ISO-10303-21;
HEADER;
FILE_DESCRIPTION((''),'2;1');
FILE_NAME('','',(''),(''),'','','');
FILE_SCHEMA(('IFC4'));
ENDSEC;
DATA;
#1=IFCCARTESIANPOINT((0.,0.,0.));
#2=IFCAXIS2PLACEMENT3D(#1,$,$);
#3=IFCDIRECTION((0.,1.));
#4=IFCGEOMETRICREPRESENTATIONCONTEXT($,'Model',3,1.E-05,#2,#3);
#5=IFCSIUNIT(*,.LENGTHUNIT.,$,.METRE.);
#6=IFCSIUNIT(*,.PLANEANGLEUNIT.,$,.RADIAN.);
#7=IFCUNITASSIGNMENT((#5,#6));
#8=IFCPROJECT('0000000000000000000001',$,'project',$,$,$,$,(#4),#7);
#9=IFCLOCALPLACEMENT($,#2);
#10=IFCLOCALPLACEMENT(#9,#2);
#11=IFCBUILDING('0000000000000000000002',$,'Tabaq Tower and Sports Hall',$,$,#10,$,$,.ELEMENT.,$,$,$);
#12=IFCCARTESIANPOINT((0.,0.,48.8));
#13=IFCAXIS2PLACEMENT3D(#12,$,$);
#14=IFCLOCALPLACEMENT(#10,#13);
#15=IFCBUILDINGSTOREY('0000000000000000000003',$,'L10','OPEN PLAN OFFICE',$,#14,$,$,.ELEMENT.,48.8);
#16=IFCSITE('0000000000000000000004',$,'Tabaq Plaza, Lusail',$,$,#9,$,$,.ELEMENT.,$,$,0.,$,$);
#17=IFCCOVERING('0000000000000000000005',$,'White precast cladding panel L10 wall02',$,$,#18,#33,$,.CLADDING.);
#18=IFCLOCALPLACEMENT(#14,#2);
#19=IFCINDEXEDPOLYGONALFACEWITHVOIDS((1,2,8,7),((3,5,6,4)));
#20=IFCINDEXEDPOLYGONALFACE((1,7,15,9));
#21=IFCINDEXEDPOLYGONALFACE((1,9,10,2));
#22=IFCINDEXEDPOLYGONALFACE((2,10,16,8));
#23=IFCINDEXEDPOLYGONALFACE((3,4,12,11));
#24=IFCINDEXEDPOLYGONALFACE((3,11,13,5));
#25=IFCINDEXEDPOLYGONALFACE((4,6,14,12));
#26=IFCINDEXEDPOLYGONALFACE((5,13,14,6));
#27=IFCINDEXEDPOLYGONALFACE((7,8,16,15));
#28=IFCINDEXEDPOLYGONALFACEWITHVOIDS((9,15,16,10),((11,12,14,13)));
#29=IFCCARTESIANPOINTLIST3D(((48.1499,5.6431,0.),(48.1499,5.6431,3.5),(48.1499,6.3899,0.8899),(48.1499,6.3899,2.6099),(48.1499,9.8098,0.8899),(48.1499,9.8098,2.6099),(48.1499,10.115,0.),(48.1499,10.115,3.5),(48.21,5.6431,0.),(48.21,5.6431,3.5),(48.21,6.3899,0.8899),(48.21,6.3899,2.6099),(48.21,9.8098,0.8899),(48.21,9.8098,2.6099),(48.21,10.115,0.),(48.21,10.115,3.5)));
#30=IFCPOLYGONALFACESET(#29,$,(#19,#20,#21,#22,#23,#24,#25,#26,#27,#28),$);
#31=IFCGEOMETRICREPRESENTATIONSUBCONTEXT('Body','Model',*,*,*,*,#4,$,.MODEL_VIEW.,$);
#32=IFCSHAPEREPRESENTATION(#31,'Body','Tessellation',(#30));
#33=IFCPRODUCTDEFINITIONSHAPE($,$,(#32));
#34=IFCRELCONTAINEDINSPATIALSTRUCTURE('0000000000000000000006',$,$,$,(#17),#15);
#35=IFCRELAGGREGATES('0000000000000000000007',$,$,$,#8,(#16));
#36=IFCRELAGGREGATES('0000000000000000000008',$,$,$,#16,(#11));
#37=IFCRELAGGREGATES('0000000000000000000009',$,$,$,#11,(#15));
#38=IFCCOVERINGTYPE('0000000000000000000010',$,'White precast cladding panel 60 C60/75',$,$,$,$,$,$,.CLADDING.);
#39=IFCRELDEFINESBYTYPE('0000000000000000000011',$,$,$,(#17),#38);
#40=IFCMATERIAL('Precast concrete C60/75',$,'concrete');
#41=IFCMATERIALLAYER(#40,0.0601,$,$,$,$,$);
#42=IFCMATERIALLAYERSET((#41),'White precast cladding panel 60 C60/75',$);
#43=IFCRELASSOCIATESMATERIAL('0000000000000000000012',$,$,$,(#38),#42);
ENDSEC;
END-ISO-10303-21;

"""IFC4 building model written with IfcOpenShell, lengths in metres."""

from ifc_helpers import new_model, si_unit, direction, frame, origin, place, context, subcontext, project, spatial, polyline, outline, extrude, material, layer, layer_set, type_object, element, save


model = new_model("IFC4")

# Units and contexts
model_context = context("Model", 3, precision=1e-05, world=origin(), true_north=direction((0.0, 1.0)))
body_context = subcontext(model_context, "Body", "Model", "MODEL_VIEW")
ifc_project = project(units=[si_unit("LENGTHUNIT", "METRE"), si_unit("PLANEANGLEUNIT", "RADIAN")], contexts=[model_context])

# Site, building, storey
site_placement = place(None, origin())
site = spatial("IfcSite", under=ifc_project, at=site_placement, Name="Tabaq Plaza, Lusail", CompositionType="ELEMENT", RefElevation=0.0)
building_placement = place(site_placement, origin())
building = spatial("IfcBuilding", under=site, at=building_placement, Name="Tabaq Tower and Sports Hall", CompositionType="ELEMENT")
storey_placement = place(building_placement, frame((0.0, 0.0, 48.8)))
storey = spatial("IfcBuildingStorey", under=building, at=storey_placement, Name="L10", Description="OPEN PLAN OFFICE", CompositionType="ELEMENT", Elevation=48.8)

# Covering
ifc_material_1 = material(Name="Precast concrete C60/75", Category="concrete")
ifc_layer_1 = layer(ifc_material_1, 0.0601)
ifc_layer_set_1 = layer_set([ifc_layer_1], Name="White precast cladding panel 60 C60/75")
covering_type_1 = type_object("IfcCoveringType", Name="White precast cladding panel 60 C60/75", PredefinedType="CLADDING", material=ifc_layer_set_1)
covering_1_placement = place(storey_placement, frame((48.1799, 5.6431, 0.0), z_axis=(0.0, 0.0, 1.0), x_axis=(0.0, 1.0, 0.0)))
element("IfcCovering", 1, at=covering_1_placement, inside=storey, type_object=covering_type_1, Name="White precast cladding panel L10 wall02", PredefinedType="CLADDING", context=body_context, shape_type="SweptSolid", body=[
    extrude(outline(polyline([(0.0, 0.0), (4.4719, 0.0), (4.4719, 3.5), (0.0, 3.5), (0.0, 0.0)]), holes=[polyline([(0.7468, 0.8899), (0.7468, 2.6099), (4.1667, 2.6099), (4.1667, 0.8899), (0.7468, 0.8899)])]), frame((0.0, 0.03, 0.0), z_axis=(0.0, -1.0, 0.0), x_axis=(1.0, 0.0, 0.0)), (0.0, 0.0, 1.0), 0.0601),
])

save(model, "model.ifc")
